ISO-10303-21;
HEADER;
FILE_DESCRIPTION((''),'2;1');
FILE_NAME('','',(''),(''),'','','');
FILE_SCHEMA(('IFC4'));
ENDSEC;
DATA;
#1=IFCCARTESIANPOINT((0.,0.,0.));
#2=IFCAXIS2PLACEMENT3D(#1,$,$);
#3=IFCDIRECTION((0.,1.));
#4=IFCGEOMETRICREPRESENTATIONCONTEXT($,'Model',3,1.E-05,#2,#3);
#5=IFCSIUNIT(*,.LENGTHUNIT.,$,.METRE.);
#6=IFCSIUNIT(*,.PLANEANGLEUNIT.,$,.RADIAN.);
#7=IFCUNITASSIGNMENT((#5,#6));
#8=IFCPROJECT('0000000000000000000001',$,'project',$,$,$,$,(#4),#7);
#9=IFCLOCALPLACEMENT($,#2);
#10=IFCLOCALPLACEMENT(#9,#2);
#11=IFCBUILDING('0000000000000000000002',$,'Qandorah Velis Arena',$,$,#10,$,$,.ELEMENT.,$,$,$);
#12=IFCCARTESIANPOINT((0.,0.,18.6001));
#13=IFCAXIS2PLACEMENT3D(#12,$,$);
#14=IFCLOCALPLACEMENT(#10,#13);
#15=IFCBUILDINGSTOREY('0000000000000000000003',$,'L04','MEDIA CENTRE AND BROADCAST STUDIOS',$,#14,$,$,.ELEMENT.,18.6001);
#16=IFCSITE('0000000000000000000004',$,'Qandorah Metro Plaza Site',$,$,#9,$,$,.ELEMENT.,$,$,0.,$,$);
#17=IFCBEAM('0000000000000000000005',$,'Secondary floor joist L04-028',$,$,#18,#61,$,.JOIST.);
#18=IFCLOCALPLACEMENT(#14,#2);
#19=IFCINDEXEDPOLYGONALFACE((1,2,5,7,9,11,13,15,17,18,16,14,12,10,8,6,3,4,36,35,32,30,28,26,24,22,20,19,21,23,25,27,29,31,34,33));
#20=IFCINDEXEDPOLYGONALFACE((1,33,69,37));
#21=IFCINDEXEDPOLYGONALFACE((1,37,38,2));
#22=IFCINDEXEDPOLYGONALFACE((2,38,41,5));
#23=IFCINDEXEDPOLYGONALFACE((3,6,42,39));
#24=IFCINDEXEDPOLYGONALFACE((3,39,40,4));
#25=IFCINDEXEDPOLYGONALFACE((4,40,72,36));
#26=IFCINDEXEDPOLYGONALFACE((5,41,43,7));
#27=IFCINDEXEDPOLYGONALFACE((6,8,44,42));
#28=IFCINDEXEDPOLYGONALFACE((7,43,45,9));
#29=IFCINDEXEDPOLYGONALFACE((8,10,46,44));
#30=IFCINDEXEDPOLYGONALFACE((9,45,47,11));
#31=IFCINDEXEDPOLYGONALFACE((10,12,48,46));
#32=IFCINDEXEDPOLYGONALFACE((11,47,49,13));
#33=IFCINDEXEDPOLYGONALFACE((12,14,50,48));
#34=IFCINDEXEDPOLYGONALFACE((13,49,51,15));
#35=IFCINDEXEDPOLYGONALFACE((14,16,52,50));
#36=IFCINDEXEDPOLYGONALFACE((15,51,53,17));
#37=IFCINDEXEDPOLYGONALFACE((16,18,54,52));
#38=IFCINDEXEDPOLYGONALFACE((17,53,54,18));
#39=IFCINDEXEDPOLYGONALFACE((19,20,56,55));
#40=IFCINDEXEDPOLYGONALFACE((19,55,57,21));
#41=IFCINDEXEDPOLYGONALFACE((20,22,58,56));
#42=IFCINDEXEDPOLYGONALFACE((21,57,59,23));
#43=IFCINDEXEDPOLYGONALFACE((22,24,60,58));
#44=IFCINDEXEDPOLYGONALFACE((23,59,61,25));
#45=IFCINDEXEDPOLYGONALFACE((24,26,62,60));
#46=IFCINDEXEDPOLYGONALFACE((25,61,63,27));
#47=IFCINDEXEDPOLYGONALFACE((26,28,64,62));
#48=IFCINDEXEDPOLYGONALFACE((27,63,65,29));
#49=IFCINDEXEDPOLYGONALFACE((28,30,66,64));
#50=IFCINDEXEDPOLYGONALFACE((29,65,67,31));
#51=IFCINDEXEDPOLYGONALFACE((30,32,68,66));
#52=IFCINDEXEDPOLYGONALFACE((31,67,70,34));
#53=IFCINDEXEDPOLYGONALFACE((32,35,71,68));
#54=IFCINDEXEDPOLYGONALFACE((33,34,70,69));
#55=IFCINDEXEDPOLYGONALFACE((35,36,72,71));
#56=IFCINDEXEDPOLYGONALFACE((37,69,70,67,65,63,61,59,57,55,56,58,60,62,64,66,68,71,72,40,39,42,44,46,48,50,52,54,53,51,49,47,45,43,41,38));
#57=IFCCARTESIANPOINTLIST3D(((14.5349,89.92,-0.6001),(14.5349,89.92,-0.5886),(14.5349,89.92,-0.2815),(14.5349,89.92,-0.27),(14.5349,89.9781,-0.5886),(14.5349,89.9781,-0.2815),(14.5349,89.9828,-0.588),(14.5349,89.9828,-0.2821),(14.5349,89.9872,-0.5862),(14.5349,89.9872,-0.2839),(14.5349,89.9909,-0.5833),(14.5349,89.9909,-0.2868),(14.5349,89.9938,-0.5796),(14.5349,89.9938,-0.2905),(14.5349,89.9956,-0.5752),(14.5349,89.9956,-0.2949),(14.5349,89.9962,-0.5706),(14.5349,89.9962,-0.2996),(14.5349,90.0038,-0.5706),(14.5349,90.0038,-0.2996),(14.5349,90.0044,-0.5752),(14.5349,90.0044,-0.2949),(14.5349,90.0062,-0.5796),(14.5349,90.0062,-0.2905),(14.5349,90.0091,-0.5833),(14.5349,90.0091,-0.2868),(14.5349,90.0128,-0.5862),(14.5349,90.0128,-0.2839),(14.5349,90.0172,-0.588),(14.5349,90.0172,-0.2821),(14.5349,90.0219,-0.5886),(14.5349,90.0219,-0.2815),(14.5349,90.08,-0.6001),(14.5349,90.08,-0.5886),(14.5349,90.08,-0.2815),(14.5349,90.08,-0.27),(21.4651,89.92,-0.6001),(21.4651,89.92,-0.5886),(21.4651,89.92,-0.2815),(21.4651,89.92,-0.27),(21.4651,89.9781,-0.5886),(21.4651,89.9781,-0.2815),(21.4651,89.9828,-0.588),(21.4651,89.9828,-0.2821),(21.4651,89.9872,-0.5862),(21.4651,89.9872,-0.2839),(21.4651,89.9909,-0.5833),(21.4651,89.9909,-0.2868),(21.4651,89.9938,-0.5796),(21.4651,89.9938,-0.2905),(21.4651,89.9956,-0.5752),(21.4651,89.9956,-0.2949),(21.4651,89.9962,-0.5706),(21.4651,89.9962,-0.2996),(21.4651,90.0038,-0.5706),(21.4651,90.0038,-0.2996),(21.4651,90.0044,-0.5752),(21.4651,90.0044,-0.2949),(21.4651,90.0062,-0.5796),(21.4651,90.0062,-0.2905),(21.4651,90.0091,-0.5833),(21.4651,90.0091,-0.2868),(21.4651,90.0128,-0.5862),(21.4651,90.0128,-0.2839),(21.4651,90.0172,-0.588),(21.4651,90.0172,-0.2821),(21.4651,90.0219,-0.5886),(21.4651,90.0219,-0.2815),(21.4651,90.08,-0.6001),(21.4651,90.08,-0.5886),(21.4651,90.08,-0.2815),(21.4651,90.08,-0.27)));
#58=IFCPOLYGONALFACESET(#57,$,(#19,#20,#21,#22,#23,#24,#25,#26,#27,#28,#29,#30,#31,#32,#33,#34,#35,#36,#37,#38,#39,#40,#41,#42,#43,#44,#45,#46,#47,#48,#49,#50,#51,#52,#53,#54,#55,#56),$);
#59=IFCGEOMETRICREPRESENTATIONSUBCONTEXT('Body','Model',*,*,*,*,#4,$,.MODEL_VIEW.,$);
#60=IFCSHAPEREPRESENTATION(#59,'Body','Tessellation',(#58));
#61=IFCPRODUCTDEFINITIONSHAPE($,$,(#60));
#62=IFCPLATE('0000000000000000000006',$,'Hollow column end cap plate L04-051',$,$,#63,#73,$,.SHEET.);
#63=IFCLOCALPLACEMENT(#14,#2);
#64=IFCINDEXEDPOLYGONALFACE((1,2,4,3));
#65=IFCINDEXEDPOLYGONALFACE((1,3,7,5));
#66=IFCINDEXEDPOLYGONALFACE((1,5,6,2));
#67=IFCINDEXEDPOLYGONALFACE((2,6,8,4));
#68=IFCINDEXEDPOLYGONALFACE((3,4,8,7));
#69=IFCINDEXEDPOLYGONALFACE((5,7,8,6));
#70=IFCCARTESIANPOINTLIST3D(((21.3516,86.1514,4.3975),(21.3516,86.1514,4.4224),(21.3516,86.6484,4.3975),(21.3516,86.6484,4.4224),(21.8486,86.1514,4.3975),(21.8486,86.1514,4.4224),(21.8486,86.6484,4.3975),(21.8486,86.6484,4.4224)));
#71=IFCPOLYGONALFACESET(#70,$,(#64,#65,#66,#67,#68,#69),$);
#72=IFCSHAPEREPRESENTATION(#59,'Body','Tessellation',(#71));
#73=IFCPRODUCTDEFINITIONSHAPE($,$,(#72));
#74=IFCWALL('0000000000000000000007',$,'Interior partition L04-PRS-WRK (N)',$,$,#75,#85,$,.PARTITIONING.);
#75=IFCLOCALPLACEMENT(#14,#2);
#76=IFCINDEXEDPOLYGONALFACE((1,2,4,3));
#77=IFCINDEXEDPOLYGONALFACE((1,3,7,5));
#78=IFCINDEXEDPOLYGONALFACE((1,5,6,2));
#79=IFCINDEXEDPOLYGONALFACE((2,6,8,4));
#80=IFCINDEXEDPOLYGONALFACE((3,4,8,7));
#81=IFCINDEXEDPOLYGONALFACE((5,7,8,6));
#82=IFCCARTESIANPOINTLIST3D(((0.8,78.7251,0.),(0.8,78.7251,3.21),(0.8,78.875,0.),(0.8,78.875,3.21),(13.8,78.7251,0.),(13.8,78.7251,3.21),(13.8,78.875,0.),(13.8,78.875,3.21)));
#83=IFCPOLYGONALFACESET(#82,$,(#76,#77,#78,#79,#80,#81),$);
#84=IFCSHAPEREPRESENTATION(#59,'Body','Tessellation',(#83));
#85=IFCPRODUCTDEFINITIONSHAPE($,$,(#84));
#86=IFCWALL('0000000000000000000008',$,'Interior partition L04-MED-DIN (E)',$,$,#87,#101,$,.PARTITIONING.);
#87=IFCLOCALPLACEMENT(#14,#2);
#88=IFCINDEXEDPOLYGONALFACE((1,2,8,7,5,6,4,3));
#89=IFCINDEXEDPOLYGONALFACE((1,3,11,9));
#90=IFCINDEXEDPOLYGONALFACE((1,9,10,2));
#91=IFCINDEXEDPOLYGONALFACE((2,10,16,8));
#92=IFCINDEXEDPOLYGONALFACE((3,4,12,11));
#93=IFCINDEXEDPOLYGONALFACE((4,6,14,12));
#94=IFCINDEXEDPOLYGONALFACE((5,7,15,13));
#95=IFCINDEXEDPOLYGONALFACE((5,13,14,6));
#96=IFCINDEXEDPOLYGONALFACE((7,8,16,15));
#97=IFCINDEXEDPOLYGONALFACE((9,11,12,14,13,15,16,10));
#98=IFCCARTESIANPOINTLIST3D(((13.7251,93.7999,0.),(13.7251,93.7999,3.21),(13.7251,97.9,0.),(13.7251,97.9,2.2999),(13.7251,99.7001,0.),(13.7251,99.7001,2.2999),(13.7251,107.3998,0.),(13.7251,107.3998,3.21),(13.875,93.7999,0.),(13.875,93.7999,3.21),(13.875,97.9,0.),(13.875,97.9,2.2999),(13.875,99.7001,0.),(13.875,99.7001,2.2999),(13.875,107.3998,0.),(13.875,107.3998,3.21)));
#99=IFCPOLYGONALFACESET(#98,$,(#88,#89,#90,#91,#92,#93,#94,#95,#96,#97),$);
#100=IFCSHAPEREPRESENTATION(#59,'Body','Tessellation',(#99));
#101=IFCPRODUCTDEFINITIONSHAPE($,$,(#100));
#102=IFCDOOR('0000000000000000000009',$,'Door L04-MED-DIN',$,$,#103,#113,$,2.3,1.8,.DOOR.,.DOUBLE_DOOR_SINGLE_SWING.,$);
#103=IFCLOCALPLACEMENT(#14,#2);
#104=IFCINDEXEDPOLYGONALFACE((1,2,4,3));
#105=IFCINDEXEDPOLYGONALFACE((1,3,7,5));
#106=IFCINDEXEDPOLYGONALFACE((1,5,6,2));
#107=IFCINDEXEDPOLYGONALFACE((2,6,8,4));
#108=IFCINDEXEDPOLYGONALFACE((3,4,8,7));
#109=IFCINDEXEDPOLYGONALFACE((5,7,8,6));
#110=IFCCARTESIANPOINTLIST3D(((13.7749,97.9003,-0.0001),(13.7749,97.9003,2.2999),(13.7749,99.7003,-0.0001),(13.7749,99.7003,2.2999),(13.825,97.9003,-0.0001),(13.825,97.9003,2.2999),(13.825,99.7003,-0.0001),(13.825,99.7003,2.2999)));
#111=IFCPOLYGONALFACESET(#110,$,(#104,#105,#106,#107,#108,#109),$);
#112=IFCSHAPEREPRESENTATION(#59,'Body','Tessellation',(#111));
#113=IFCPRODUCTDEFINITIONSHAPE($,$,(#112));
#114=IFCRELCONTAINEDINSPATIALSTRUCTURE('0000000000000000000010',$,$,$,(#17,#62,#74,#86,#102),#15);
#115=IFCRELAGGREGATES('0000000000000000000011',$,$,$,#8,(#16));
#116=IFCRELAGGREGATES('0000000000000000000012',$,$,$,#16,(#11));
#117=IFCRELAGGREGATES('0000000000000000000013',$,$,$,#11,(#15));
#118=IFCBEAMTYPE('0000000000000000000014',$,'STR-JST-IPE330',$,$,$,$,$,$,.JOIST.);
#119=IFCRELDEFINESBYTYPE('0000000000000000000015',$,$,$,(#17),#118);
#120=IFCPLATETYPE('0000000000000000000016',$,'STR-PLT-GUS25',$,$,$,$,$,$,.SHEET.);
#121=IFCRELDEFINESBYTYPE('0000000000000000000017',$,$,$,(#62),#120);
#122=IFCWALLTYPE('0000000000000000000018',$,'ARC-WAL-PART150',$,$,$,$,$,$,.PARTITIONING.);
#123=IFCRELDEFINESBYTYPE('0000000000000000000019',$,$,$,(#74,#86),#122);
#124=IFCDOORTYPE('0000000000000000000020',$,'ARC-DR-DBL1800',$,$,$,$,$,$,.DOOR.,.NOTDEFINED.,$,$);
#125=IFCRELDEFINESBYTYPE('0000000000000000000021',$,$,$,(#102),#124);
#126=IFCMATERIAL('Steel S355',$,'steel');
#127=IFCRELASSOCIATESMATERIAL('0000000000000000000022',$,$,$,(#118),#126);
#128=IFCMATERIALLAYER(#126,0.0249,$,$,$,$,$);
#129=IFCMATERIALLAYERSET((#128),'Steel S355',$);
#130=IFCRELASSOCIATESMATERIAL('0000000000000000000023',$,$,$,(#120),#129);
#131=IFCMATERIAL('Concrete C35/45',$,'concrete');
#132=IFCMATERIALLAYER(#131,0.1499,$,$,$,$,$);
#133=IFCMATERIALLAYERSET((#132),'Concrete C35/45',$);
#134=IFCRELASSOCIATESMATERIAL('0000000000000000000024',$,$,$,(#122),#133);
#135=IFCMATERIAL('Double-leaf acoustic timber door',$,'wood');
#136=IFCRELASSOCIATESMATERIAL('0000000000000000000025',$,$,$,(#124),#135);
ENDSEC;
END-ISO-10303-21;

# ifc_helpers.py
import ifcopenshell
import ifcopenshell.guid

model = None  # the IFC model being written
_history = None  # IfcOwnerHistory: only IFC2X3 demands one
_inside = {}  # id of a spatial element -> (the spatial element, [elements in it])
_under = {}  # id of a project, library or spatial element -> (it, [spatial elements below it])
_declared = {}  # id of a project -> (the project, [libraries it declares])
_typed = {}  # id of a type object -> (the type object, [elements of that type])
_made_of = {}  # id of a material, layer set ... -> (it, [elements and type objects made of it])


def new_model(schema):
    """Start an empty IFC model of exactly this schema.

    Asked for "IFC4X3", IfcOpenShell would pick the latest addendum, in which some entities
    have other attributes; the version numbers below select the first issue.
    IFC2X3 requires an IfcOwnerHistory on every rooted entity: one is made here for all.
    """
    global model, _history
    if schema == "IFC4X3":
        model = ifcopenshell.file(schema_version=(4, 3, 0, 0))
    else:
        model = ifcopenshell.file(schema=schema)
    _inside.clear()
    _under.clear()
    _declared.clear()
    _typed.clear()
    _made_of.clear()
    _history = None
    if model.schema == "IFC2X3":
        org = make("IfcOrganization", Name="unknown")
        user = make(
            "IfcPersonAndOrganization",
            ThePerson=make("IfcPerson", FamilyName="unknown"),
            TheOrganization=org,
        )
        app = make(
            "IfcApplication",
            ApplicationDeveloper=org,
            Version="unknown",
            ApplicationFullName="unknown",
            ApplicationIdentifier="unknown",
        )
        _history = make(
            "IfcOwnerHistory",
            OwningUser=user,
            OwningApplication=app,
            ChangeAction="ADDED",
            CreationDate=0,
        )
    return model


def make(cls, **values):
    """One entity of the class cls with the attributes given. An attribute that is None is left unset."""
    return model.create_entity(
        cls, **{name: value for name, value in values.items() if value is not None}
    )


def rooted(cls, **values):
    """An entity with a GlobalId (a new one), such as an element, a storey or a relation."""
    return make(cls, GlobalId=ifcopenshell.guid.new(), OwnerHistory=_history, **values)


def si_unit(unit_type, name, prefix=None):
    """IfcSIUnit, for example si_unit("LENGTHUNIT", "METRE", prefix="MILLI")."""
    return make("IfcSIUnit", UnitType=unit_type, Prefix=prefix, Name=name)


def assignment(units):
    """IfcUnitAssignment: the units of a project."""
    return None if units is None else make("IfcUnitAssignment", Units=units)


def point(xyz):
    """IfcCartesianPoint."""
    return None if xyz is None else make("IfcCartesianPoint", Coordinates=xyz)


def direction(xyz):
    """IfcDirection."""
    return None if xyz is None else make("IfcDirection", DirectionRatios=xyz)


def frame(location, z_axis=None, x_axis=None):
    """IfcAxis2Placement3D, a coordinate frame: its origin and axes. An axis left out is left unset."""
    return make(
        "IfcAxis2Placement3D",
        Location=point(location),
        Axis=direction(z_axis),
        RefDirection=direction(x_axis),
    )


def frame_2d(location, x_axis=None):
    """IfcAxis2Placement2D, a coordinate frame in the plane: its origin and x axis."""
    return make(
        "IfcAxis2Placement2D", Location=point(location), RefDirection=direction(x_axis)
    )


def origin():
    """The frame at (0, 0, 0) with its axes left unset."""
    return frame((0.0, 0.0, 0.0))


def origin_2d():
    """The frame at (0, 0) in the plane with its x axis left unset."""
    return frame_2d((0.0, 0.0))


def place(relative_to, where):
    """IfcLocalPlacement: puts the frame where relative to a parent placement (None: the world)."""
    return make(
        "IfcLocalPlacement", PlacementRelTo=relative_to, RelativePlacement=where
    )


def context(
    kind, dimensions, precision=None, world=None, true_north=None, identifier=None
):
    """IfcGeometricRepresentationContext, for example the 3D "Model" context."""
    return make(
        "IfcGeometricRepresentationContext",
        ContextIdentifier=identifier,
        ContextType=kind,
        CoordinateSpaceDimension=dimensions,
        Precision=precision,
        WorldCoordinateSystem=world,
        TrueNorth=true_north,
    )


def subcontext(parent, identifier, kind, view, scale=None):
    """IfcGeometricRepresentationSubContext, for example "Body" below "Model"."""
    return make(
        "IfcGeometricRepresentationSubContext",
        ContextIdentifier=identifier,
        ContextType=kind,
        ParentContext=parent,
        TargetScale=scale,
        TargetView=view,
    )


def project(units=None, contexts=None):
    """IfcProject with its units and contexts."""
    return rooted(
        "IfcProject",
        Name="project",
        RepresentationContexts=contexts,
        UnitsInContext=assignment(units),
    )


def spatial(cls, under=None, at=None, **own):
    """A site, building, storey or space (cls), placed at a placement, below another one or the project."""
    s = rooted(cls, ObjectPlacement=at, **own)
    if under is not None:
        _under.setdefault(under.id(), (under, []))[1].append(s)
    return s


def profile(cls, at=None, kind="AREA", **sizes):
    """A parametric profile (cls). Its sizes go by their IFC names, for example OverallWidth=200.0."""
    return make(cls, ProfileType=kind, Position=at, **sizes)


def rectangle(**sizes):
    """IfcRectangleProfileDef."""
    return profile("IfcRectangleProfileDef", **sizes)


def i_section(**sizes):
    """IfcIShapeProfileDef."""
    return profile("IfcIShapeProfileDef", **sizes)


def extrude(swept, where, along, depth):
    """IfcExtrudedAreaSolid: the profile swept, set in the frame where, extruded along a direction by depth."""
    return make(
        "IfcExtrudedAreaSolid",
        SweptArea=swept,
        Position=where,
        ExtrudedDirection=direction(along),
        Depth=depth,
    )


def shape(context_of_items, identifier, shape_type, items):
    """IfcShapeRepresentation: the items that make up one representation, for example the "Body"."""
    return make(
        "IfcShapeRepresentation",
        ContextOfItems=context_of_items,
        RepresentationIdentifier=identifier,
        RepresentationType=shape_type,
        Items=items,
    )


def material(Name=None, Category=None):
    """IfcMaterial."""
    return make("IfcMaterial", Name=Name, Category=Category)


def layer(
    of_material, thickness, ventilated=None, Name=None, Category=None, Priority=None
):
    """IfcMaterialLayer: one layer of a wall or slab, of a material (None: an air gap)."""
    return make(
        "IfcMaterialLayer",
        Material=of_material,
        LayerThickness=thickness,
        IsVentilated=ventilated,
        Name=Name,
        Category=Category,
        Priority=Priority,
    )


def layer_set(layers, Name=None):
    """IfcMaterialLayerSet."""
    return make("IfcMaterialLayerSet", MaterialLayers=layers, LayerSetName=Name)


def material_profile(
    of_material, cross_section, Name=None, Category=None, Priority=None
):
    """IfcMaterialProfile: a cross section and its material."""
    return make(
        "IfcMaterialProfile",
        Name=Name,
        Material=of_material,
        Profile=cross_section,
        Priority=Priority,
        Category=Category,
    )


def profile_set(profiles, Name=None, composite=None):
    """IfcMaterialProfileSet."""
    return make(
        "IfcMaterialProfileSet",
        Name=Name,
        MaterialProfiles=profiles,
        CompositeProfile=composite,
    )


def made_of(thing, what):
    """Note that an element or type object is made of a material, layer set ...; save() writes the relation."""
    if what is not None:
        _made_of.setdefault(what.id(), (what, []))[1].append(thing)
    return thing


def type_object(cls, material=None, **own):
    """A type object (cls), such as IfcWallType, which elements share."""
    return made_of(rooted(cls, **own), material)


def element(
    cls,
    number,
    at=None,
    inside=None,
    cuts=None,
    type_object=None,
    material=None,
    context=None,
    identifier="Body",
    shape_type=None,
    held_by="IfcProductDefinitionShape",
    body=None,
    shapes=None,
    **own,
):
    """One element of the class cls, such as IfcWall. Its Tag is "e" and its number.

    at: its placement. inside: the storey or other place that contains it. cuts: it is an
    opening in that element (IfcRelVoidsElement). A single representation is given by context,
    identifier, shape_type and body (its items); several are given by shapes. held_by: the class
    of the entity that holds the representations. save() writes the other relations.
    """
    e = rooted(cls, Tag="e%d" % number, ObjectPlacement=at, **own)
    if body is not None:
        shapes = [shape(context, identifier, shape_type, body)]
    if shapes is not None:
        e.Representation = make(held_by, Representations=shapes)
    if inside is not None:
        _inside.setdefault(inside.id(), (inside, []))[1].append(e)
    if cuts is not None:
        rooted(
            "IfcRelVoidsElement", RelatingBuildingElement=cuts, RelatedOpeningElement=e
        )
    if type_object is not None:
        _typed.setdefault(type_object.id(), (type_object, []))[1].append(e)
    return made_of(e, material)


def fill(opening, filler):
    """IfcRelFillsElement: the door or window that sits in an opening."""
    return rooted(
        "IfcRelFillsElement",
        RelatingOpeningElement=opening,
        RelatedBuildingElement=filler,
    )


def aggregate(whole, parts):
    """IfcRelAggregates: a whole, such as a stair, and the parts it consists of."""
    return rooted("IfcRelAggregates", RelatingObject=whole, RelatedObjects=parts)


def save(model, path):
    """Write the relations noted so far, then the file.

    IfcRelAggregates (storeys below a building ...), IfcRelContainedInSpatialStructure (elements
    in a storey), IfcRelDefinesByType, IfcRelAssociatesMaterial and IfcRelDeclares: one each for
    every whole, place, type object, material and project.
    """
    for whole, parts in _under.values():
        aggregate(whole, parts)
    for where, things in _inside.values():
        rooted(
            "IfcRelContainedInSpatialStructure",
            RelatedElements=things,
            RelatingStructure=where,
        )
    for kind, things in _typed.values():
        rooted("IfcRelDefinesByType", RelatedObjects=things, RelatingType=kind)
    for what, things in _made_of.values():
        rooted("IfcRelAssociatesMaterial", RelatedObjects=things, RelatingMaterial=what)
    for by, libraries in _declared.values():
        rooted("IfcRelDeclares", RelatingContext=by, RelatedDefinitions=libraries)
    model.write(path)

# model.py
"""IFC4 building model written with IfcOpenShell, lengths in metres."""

from ifc_helpers import new_model, si_unit, direction, frame, frame_2d, origin, origin_2d, place, context, subcontext, project, spatial, rectangle, i_section, extrude, material, layer, layer_set, material_profile, profile_set, type_object, element, fill, save


model = new_model("IFC4")

# Units and contexts
model_context = context("Model", 3, precision=1e-05, world=origin(), true_north=direction((0.0, 1.0)))
body_context = subcontext(model_context, "Body", "Model", "MODEL_VIEW")
ifc_project = project(units=[si_unit("LENGTHUNIT", "METRE"), si_unit("PLANEANGLEUNIT", "RADIAN")], contexts=[model_context])

# Site, building, storey
site_placement = place(None, origin())
site = spatial("IfcSite", under=ifc_project, at=site_placement, Name="Qandorah Metro Plaza Site", CompositionType="ELEMENT", RefElevation=0.0)
building_placement = place(site_placement, origin())
building = spatial("IfcBuilding", under=site, at=building_placement, Name="Qandorah Velis Arena", CompositionType="ELEMENT")
storey_placement = place(building_placement, frame((0.0, 0.0, 18.6001)))
storey = spatial("IfcBuildingStorey", under=building, at=storey_placement, Name="L04", Description="MEDIA CENTRE AND BROADCAST STUDIOS", CompositionType="ELEMENT", Elevation=18.6001)

# Shared definitions
ifc_material_1 = material(Name="Steel S355", Category="steel")

# Beam
ifc_material_profile_1 = material_profile(ifc_material_1, i_section(OverallWidth=0.1599, OverallDepth=0.3301, WebThickness=0.0076, FlangeThickness=0.0115, FilletRadius=0.0181, at=origin_2d()), Name="IPE 330")
ifc_profile_set_1 = profile_set([ifc_material_profile_1], Name="Steel S355")
beam_type_1 = type_object("IfcBeamType", Name="STR-JST-IPE330", PredefinedType="JOIST", material=ifc_profile_set_1)
for number, where, z_axis, x_axis, name in (
    (1, (14.5349, 90.0, -0.4351), (1.0, 0.0, 0.0), (0.0, 1.0, 0.0), "Secondary floor joist L04-028"),
):
    element("IfcBeam", number, at=place(storey_placement, frame(where, z_axis=z_axis, x_axis=x_axis)), inside=storey, type_object=beam_type_1, Name=name, PredefinedType="JOIST", context=body_context, shape_type="SweptSolid", body=[
        extrude(i_section(OverallWidth=0.1599, OverallDepth=0.3301, WebThickness=0.0076, FlangeThickness=0.0115, FilletRadius=0.0181, at=origin_2d()), origin(), (0.0, 0.0, 1.0), 6.9302),
    ])

# Plate
ifc_layer_1 = layer(ifc_material_1, 0.0249)
ifc_layer_set_1 = layer_set([ifc_layer_1], Name="Steel S355")
plate_type = type_object("IfcPlateType", Name="STR-PLT-GUS25", PredefinedType="SHEET", material=ifc_layer_set_1)
plate_placement = place(storey_placement, frame((21.6001, 86.3999, 4.3975), z_axis=(0.0, 0.0, 1.0), x_axis=(1.0, 0.0, 0.0)))
element("IfcPlate", 2, at=plate_placement, inside=storey, type_object=plate_type, Name="Hollow column end cap plate L04-051", PredefinedType="SHEET", context=body_context, shape_type="SweptSolid", body=[
    extrude(rectangle(XDim=0.4971, YDim=0.4971, at=origin_2d()), origin(), (0.0, 0.0, 1.0), 0.0249),
])

# Wall
ifc_material_2 = material(Name="Concrete C35/45", Category="concrete")
ifc_layer_2 = layer(ifc_material_2, 0.1499)
ifc_layer_set_2 = layer_set([ifc_layer_2], Name="Concrete C35/45")
wall_type = type_object("IfcWallType", Name="ARC-WAL-PART150", PredefinedType="PARTITIONING", material=ifc_layer_set_2)
wall_1_placement = place(storey_placement, frame((13.8, 78.8, 0.0), z_axis=(0.0, 0.0, 1.0), x_axis=(-1.0, 0.0, 0.0)))
element("IfcWall", 3, at=wall_1_placement, inside=storey, type_object=wall_type, Name="Interior partition L04-PRS-WRK (N)", PredefinedType="PARTITIONING", context=body_context, shape_type="SweptSolid", body=[
    extrude(rectangle(XDim=13.0, YDim=0.1499, at=frame_2d((6.5, 0.0))), origin(), (0.0, 0.0, 1.0), 3.21),
])

# Wall, opening, door
wall_2_placement = place(storey_placement, frame((13.8, 93.8, 0.0), z_axis=(0.0, 0.0, 1.0), x_axis=(0.0, 1.0, 0.0)))
wall_2 = element("IfcWall", 4, at=wall_2_placement, inside=storey, type_object=wall_type, Name="Interior partition L04-MED-DIN (E)", PredefinedType="PARTITIONING", context=body_context, shape_type="SweptSolid", body=[
    extrude(rectangle(XDim=13.5999, YDim=0.1499, at=frame_2d((6.7998, 0.0))), origin(), (0.0, 0.0, 1.0), 3.21),
])
opening_placement = place(wall_2_placement, frame((4.1001, 0.0, 0.0)))
opening = element("IfcOpeningElement", 5, at=opening_placement, cuts=wall_2, PredefinedType="OPENING", context=body_context, shape_type="SweptSolid", body=[
    extrude(rectangle(XDim=1.8, YDim=2.3, at=frame_2d((0.8999, 1.1499))), frame((0.0, 0.085, 0.0), z_axis=(0.0, -1.0, 0.0), x_axis=(1.0, 0.0, 0.0)), (0.0, 0.0, 1.0), 0.1699),
])
ifc_material_3 = material(Name="Double-leaf acoustic timber door", Category="wood")
door_type = type_object("IfcDoorType", Name="ARC-DR-DBL1800", OperationType="NOTDEFINED", PredefinedType="DOOR", material=ifc_material_3)
door_placement = place(opening_placement, frame((1.8, 0.0, 0.0), z_axis=(0.0, 0.0, 1.0), x_axis=(-1.0, 0.0, 0.0)))
door = element("IfcDoor", 6, at=door_placement, inside=storey, type_object=door_type, Name="Door L04-MED-DIN", OperationType="DOUBLE_DOOR_SINGLE_SWING", OverallHeight=2.3, OverallWidth=1.8, PredefinedType="DOOR", context=body_context, shape_type="SweptSolid", body=[
    extrude(rectangle(XDim=1.8, YDim=2.3, at=frame_2d((0.8999, 1.1499))), frame((0.0, 0.0249, 0.0), z_axis=(0.0, -1.0, 0.0), x_axis=(1.0, 0.0, 0.0)), (0.0, 0.0, 1.0), 0.05),
])
fill(opening, door)

save(model, "model.ifc")
